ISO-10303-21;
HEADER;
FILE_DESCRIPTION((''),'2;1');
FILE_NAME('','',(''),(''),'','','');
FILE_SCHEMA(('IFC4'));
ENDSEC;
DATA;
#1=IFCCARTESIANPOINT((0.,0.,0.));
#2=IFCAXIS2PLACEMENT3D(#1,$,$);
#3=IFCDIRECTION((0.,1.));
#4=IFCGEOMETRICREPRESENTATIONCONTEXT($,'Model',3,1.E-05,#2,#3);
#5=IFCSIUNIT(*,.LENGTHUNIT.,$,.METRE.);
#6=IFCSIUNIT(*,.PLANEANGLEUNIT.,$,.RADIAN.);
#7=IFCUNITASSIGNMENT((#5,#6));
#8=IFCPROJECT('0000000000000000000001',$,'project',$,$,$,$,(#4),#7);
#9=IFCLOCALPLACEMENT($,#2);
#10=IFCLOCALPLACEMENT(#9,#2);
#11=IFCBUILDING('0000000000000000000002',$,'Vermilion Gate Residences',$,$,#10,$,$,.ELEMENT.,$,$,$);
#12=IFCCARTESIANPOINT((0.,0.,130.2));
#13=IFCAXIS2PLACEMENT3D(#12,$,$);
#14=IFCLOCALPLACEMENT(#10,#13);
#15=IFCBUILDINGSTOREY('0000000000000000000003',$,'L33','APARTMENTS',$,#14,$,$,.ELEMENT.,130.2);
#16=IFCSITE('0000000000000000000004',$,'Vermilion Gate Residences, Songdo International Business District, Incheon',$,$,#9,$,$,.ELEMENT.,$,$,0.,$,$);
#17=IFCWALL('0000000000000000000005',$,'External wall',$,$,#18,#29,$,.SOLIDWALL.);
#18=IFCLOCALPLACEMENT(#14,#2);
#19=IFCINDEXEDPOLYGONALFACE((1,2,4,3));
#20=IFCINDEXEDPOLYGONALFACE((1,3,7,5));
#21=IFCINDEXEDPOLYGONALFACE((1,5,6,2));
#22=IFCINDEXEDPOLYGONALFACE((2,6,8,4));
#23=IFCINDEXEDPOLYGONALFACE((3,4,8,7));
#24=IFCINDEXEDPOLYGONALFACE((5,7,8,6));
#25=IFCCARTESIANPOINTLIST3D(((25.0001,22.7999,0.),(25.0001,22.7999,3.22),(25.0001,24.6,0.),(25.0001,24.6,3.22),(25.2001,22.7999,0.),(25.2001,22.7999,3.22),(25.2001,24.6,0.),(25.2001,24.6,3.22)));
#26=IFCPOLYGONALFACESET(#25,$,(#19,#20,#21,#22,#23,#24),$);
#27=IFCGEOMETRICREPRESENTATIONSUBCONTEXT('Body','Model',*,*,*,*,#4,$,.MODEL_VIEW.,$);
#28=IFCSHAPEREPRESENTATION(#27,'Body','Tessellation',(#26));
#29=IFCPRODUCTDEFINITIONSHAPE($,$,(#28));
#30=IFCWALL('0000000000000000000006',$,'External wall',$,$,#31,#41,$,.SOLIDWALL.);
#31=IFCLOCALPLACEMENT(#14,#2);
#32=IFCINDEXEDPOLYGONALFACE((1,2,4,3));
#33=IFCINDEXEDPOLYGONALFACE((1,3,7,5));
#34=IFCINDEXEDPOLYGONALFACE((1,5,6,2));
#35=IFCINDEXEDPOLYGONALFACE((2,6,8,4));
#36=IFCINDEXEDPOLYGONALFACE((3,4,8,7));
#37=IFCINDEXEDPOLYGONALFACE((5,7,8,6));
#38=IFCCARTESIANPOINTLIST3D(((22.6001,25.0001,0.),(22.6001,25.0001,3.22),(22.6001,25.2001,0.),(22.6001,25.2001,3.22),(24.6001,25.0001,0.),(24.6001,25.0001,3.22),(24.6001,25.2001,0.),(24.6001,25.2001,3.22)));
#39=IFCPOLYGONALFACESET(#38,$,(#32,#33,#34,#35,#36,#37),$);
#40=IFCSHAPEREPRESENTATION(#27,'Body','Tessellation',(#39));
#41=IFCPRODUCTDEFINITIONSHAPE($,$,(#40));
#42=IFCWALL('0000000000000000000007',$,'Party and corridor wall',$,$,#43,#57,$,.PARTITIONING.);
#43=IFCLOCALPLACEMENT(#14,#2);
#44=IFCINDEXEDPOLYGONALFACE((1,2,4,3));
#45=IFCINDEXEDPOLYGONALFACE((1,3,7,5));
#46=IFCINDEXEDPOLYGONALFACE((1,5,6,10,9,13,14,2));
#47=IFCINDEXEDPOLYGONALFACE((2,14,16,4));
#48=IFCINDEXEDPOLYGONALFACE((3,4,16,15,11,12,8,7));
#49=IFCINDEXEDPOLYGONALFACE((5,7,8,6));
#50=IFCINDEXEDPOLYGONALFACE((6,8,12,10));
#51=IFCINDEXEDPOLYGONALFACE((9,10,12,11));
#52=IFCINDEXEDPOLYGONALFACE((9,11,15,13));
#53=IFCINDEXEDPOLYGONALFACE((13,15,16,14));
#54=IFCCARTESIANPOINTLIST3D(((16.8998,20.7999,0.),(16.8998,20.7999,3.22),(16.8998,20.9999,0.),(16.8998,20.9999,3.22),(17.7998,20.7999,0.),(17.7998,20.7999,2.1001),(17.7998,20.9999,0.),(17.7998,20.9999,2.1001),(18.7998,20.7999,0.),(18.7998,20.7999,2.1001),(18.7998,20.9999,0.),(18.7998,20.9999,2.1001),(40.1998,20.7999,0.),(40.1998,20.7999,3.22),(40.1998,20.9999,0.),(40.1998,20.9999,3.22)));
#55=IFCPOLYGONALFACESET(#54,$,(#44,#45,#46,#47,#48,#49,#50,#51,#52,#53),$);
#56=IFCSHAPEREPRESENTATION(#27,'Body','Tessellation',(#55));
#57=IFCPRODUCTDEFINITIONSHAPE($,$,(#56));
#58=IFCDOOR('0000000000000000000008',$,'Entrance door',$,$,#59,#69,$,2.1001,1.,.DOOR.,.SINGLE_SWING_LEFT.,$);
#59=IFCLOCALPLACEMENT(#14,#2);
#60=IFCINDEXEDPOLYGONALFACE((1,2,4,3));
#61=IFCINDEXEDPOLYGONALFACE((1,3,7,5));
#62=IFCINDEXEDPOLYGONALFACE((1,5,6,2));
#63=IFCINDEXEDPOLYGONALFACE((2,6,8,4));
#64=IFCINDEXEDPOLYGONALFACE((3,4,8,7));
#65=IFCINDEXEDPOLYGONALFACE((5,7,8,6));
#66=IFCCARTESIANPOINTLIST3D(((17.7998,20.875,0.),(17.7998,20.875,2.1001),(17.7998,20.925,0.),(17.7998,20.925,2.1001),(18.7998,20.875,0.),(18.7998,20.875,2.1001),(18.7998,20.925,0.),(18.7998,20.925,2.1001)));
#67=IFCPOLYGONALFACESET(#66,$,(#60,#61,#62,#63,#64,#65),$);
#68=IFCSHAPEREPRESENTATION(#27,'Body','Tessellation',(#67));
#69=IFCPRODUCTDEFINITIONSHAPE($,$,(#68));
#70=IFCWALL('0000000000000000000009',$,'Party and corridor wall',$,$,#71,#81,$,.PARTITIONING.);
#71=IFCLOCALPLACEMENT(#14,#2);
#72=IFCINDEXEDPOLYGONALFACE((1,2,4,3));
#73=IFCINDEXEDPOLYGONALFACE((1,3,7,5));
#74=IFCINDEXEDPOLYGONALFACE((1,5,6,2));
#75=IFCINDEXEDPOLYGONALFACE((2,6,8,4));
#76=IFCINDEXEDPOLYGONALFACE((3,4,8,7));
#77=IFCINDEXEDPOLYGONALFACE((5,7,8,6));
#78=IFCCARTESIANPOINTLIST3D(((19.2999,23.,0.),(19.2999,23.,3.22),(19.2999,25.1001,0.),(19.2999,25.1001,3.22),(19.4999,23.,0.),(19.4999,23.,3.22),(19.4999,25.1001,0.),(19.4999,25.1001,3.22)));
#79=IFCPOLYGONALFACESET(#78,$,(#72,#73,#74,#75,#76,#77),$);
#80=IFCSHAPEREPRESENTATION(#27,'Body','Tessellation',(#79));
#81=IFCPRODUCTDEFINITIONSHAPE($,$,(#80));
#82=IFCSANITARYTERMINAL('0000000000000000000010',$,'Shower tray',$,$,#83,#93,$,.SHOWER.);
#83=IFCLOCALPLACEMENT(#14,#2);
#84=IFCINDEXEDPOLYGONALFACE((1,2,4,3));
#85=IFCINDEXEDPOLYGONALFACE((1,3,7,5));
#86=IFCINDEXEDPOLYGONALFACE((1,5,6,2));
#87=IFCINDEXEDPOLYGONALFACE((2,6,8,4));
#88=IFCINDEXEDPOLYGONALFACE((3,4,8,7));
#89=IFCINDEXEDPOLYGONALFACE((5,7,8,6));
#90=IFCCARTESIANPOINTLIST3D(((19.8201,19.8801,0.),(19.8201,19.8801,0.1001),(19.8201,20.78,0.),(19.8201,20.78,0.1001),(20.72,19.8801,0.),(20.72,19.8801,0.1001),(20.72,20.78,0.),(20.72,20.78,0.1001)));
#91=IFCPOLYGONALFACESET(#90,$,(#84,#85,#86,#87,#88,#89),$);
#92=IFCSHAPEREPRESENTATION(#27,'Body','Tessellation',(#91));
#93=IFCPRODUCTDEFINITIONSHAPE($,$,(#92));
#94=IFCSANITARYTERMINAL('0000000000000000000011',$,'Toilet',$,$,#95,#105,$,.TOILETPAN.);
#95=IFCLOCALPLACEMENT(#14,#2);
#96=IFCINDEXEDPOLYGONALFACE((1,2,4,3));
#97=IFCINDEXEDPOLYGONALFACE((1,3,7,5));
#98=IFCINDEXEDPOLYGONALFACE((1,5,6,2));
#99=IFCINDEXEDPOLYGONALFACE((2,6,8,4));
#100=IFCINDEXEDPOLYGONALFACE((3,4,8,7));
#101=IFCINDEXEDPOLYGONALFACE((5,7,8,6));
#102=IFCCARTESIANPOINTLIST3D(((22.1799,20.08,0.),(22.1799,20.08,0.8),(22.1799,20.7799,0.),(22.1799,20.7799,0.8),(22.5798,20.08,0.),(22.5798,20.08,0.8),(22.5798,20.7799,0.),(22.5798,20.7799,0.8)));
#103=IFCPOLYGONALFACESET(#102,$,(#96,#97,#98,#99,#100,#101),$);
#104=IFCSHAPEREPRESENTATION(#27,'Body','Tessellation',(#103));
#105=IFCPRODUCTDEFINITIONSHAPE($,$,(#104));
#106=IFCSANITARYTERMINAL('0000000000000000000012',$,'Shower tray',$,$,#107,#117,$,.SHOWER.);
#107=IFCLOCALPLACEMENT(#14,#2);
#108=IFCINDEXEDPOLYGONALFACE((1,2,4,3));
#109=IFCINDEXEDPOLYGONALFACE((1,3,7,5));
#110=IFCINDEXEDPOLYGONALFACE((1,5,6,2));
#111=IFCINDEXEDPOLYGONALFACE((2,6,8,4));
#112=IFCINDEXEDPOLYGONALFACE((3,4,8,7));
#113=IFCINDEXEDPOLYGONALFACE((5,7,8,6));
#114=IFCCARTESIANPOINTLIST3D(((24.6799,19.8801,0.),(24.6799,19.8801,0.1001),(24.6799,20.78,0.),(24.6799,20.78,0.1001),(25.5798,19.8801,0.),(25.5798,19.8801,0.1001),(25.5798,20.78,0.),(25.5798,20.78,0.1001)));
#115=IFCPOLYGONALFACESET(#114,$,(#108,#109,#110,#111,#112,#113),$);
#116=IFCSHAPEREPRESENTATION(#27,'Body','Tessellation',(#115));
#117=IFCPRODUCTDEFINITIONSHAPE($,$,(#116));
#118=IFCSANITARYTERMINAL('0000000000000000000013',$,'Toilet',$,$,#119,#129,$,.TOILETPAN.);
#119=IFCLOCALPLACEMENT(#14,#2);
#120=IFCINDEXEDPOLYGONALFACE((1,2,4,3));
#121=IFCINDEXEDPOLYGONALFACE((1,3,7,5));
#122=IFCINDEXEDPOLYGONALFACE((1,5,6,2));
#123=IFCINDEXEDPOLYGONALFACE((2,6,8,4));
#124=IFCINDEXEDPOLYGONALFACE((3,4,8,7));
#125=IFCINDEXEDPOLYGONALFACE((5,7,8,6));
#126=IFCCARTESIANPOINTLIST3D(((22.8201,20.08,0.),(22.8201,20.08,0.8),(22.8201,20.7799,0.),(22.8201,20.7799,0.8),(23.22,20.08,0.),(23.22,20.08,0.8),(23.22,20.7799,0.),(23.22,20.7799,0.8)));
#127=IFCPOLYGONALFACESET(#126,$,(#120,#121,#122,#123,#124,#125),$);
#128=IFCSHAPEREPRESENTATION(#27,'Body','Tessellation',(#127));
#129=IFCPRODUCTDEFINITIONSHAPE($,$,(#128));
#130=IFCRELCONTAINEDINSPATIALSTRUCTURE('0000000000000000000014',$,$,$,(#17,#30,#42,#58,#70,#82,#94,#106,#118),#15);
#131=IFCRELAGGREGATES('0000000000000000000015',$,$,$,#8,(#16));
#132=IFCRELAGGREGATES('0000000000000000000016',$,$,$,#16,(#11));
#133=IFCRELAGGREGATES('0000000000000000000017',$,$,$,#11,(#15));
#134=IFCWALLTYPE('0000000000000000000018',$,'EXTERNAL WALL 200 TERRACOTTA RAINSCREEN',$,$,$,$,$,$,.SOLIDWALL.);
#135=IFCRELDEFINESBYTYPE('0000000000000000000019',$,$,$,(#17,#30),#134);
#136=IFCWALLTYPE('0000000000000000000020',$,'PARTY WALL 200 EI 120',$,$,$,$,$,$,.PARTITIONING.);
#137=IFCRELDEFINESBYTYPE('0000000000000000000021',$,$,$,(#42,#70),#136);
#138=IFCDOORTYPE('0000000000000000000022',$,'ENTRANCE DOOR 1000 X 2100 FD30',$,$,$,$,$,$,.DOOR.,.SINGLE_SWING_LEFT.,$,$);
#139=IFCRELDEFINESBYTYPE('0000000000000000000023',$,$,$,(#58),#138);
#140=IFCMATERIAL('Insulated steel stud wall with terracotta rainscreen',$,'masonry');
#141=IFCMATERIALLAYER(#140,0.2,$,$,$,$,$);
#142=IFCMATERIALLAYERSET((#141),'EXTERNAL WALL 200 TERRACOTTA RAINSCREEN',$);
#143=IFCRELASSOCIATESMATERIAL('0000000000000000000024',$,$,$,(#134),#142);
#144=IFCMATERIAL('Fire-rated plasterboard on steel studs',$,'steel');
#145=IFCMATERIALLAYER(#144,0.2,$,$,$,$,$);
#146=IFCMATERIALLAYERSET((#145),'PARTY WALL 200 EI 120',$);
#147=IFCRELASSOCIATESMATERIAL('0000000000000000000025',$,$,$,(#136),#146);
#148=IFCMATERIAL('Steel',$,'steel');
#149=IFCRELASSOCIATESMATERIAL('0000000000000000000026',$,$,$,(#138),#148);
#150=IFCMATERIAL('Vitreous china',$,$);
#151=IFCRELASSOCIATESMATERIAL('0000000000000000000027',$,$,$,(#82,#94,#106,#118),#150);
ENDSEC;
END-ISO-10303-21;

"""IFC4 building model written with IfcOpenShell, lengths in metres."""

from ifc_helpers import new_model, si_unit, direction, frame, frame_2d, origin, origin_2d, place, context, subcontext, project, spatial, rectangle, extrude, material, layer, layer_set, type_object, element, fill, save


model = new_model("IFC4")

# Units and contexts
model_context = context("Model", 3, precision=1e-05, world=origin(), true_north=direction((0.0, 1.0)))
body_context = subcontext(model_context, "Body", "Model", "MODEL_VIEW")
ifc_project = project(units=[si_unit("LENGTHUNIT", "METRE"), si_unit("PLANEANGLEUNIT", "RADIAN")], contexts=[model_context])

# Site, building, storey
site_placement = place(None, origin())
site = spatial("IfcSite", under=ifc_project, at=site_placement, Name="Vermilion Gate Residences, Songdo International Business District, Incheon", CompositionType="ELEMENT", RefElevation=0.0)
building_placement = place(site_placement, origin())
building = spatial("IfcBuilding", under=site, at=building_placement, Name="Vermilion Gate Residences", CompositionType="ELEMENT")
storey_placement = place(building_placement, frame((0.0, 0.0, 130.2)))
storey = spatial("IfcBuildingStorey", under=building, at=storey_placement, Name="L33", Description="APARTMENTS", CompositionType="ELEMENT", Elevation=130.2)

# Walls
ifc_material_1 = material(Name="Insulated steel stud wall with terracotta rainscreen", Category="masonry")
ifc_layer_1 = layer(ifc_material_1, 0.2)
ifc_layer_set_1 = layer_set([ifc_layer_1], Name="EXTERNAL WALL 200 TERRACOTTA RAINSCREEN")
wall_type_1 = type_object("IfcWallType", Name="EXTERNAL WALL 200 TERRACOTTA RAINSCREEN", PredefinedType="SOLIDWALL", material=ifc_layer_set_1)
wall_1_placement = place(storey_placement, frame((25.1001, 22.8, 0.0), z_axis=(0.0, 0.0, 1.0), x_axis=(0.0, 1.0, 0.0)))
element("IfcWall", 1, at=wall_1_placement, inside=storey, type_object=wall_type_1, Name="External wall", PredefinedType="SOLIDWALL", context=body_context, shape_type="SweptSolid", body=[
    extrude(rectangle(XDim=1.8, YDim=0.2, at=frame_2d((0.8999, 0.0))), origin(), (0.0, 0.0, 1.0), 3.22),
])
wall_2_placement = place(storey_placement, frame((24.6001, 25.1001, 0.0), z_axis=(0.0, 0.0, 1.0), x_axis=(-1.0, 0.0, 0.0)))
element("IfcWall", 2, at=wall_2_placement, inside=storey, type_object=wall_type_1, Name="External wall", PredefinedType="SOLIDWALL", context=body_context, shape_type="SweptSolid", body=[
    extrude(rectangle(XDim=2.0, YDim=0.2, at=frame_2d((1.0, 0.0))), origin(), (0.0, 0.0, 1.0), 3.22),
])

# Wall, opening, door
ifc_material_2 = material(Name="Fire-rated plasterboard on steel studs", Category="steel")
ifc_layer_2 = layer(ifc_material_2, 0.2)
ifc_layer_set_2 = layer_set([ifc_layer_2], Name="PARTY WALL 200 EI 120")
wall_type_2 = type_object("IfcWallType", Name="PARTY WALL 200 EI 120", PredefinedType="PARTITIONING", material=ifc_layer_set_2)
wall_3_placement = place(storey_placement, frame((16.8999, 20.8999, 0.0), z_axis=(0.0, 0.0, 1.0), x_axis=(1.0, 0.0, 0.0)))
wall_3 = element("IfcWall", 3, at=wall_3_placement, inside=storey, type_object=wall_type_2, Name="Party and corridor wall", PredefinedType="PARTITIONING", context=body_context, shape_type="SweptSolid", body=[
    extrude(rectangle(XDim=23.3, YDim=0.2, at=frame_2d((11.6499, 0.0))), origin(), (0.0, 0.0, 1.0), 3.22),
])
opening_placement = place(wall_3_placement, frame((0.8999, 0.0, 0.0)))
opening = element("IfcOpeningElement", 4, at=opening_placement, cuts=wall_3, PredefinedType="OPENING", context=body_context, shape_type="SweptSolid", body=[
    extrude(rectangle(XDim=1.0, YDim=2.1001, at=frame_2d((0.5, 1.05))), frame((0.0, 0.1099, 0.0), z_axis=(0.0, -1.0, 0.0), x_axis=(1.0, 0.0, 0.0)), (0.0, 0.0, 1.0), 0.22),
])
ifc_material_3 = material(Name="Steel", Category="steel")
door_type = type_object("IfcDoorType", Name="ENTRANCE DOOR 1000 X 2100 FD30", OperationType="SINGLE_SWING_LEFT", PredefinedType="DOOR", material=ifc_material_3)
door_placement = place(opening_placement, frame((1.0, 0.0, 0.0), z_axis=(0.0, 0.0, 1.0), x_axis=(-1.0, 0.0, 0.0)))
door = element("IfcDoor", 5, at=door_placement, inside=storey, type_object=door_type, Name="Entrance door", OperationType="SINGLE_SWING_LEFT", OverallHeight=2.1001, OverallWidth=1.0, PredefinedType="DOOR", context=body_context, shape_type="SweptSolid", body=[
    extrude(rectangle(XDim=1.0, YDim=2.1001, at=frame_2d((0.5, 1.05))), frame((0.0, 0.0249, 0.0), z_axis=(0.0, -1.0, 0.0), x_axis=(1.0, 0.0, 0.0)), (0.0, 0.0, 1.0), 0.05),
])
fill(opening, door)

# Wall
wall_4_placement = place(storey_placement, frame((19.3999, 23.0, 0.0), z_axis=(0.0, 0.0, 1.0), x_axis=(0.0, 1.0, 0.0)))
element("IfcWall", 6, at=wall_4_placement, inside=storey, type_object=wall_type_2, Name="Party and corridor wall", PredefinedType="PARTITIONING", context=body_context, shape_type="SweptSolid", body=[
    extrude(rectangle(XDim=2.1001, YDim=0.2, at=frame_2d((1.05, 0.0))), origin(), (0.0, 0.0, 1.0), 3.22),
])

# Sanitary terminals
ifc_material_4 = material(Name="Vitreous china")
sanitary_terminal_1_placement = place(storey_placement, frame((20.27, 20.3301, 0.0), z_axis=(0.0, 0.0, 1.0), x_axis=(1.0, 0.0, 0.0)))
element("IfcSanitaryTerminal", 7, at=sanitary_terminal_1_placement, inside=storey, material=ifc_material_4, Name="Shower tray", PredefinedType="SHOWER", context=body_context, shape_type="SweptSolid", body=[
    extrude(rectangle(XDim=0.8999, YDim=0.8999, at=origin_2d()), origin(), (0.0, 0.0, 1.0), 0.1001),
])
sanitary_terminal_2_placement = place(storey_placement, frame((22.3799, 20.4299, 0.0), z_axis=(0.0, 0.0, 1.0), x_axis=(1.0, 0.0, 0.0)))
element("IfcSanitaryTerminal", 8, at=sanitary_terminal_2_placement, inside=storey, material=ifc_material_4, Name="Toilet", PredefinedType="TOILETPAN", context=body_context, shape_type="SweptSolid", body=[
    extrude(rectangle(XDim=0.3999, YDim=0.7, at=origin_2d()), origin(), (0.0, 0.0, 1.0), 0.8),
])
sanitary_terminal_3_placement = place(storey_placement, frame((25.1299, 20.3301, 0.0), z_axis=(0.0, 0.0, 1.0), x_axis=(1.0, 0.0, 0.0)))
element("IfcSanitaryTerminal", 9, at=sanitary_terminal_3_placement, inside=storey, material=ifc_material_4, Name="Shower tray", PredefinedType="SHOWER", context=body_context, shape_type="SweptSolid", body=[
    extrude(rectangle(XDim=0.8999, YDim=0.8999, at=origin_2d()), origin(), (0.0, 0.0, 1.0), 0.1001),
])
sanitary_terminal_4_placement = place(storey_placement, frame((23.02, 20.4299, 0.0), z_axis=(0.0, 0.0, 1.0), x_axis=(1.0, 0.0, 0.0)))
element("IfcSanitaryTerminal", 10, at=sanitary_terminal_4_placement, inside=storey, material=ifc_material_4, Name="Toilet", PredefinedType="TOILETPAN", context=body_context, shape_type="SweptSolid", body=[
    extrude(rectangle(XDim=0.3999, YDim=0.7, at=origin_2d()), origin(), (0.0, 0.0, 1.0), 0.8),
])

save(model, "model.ifc")
